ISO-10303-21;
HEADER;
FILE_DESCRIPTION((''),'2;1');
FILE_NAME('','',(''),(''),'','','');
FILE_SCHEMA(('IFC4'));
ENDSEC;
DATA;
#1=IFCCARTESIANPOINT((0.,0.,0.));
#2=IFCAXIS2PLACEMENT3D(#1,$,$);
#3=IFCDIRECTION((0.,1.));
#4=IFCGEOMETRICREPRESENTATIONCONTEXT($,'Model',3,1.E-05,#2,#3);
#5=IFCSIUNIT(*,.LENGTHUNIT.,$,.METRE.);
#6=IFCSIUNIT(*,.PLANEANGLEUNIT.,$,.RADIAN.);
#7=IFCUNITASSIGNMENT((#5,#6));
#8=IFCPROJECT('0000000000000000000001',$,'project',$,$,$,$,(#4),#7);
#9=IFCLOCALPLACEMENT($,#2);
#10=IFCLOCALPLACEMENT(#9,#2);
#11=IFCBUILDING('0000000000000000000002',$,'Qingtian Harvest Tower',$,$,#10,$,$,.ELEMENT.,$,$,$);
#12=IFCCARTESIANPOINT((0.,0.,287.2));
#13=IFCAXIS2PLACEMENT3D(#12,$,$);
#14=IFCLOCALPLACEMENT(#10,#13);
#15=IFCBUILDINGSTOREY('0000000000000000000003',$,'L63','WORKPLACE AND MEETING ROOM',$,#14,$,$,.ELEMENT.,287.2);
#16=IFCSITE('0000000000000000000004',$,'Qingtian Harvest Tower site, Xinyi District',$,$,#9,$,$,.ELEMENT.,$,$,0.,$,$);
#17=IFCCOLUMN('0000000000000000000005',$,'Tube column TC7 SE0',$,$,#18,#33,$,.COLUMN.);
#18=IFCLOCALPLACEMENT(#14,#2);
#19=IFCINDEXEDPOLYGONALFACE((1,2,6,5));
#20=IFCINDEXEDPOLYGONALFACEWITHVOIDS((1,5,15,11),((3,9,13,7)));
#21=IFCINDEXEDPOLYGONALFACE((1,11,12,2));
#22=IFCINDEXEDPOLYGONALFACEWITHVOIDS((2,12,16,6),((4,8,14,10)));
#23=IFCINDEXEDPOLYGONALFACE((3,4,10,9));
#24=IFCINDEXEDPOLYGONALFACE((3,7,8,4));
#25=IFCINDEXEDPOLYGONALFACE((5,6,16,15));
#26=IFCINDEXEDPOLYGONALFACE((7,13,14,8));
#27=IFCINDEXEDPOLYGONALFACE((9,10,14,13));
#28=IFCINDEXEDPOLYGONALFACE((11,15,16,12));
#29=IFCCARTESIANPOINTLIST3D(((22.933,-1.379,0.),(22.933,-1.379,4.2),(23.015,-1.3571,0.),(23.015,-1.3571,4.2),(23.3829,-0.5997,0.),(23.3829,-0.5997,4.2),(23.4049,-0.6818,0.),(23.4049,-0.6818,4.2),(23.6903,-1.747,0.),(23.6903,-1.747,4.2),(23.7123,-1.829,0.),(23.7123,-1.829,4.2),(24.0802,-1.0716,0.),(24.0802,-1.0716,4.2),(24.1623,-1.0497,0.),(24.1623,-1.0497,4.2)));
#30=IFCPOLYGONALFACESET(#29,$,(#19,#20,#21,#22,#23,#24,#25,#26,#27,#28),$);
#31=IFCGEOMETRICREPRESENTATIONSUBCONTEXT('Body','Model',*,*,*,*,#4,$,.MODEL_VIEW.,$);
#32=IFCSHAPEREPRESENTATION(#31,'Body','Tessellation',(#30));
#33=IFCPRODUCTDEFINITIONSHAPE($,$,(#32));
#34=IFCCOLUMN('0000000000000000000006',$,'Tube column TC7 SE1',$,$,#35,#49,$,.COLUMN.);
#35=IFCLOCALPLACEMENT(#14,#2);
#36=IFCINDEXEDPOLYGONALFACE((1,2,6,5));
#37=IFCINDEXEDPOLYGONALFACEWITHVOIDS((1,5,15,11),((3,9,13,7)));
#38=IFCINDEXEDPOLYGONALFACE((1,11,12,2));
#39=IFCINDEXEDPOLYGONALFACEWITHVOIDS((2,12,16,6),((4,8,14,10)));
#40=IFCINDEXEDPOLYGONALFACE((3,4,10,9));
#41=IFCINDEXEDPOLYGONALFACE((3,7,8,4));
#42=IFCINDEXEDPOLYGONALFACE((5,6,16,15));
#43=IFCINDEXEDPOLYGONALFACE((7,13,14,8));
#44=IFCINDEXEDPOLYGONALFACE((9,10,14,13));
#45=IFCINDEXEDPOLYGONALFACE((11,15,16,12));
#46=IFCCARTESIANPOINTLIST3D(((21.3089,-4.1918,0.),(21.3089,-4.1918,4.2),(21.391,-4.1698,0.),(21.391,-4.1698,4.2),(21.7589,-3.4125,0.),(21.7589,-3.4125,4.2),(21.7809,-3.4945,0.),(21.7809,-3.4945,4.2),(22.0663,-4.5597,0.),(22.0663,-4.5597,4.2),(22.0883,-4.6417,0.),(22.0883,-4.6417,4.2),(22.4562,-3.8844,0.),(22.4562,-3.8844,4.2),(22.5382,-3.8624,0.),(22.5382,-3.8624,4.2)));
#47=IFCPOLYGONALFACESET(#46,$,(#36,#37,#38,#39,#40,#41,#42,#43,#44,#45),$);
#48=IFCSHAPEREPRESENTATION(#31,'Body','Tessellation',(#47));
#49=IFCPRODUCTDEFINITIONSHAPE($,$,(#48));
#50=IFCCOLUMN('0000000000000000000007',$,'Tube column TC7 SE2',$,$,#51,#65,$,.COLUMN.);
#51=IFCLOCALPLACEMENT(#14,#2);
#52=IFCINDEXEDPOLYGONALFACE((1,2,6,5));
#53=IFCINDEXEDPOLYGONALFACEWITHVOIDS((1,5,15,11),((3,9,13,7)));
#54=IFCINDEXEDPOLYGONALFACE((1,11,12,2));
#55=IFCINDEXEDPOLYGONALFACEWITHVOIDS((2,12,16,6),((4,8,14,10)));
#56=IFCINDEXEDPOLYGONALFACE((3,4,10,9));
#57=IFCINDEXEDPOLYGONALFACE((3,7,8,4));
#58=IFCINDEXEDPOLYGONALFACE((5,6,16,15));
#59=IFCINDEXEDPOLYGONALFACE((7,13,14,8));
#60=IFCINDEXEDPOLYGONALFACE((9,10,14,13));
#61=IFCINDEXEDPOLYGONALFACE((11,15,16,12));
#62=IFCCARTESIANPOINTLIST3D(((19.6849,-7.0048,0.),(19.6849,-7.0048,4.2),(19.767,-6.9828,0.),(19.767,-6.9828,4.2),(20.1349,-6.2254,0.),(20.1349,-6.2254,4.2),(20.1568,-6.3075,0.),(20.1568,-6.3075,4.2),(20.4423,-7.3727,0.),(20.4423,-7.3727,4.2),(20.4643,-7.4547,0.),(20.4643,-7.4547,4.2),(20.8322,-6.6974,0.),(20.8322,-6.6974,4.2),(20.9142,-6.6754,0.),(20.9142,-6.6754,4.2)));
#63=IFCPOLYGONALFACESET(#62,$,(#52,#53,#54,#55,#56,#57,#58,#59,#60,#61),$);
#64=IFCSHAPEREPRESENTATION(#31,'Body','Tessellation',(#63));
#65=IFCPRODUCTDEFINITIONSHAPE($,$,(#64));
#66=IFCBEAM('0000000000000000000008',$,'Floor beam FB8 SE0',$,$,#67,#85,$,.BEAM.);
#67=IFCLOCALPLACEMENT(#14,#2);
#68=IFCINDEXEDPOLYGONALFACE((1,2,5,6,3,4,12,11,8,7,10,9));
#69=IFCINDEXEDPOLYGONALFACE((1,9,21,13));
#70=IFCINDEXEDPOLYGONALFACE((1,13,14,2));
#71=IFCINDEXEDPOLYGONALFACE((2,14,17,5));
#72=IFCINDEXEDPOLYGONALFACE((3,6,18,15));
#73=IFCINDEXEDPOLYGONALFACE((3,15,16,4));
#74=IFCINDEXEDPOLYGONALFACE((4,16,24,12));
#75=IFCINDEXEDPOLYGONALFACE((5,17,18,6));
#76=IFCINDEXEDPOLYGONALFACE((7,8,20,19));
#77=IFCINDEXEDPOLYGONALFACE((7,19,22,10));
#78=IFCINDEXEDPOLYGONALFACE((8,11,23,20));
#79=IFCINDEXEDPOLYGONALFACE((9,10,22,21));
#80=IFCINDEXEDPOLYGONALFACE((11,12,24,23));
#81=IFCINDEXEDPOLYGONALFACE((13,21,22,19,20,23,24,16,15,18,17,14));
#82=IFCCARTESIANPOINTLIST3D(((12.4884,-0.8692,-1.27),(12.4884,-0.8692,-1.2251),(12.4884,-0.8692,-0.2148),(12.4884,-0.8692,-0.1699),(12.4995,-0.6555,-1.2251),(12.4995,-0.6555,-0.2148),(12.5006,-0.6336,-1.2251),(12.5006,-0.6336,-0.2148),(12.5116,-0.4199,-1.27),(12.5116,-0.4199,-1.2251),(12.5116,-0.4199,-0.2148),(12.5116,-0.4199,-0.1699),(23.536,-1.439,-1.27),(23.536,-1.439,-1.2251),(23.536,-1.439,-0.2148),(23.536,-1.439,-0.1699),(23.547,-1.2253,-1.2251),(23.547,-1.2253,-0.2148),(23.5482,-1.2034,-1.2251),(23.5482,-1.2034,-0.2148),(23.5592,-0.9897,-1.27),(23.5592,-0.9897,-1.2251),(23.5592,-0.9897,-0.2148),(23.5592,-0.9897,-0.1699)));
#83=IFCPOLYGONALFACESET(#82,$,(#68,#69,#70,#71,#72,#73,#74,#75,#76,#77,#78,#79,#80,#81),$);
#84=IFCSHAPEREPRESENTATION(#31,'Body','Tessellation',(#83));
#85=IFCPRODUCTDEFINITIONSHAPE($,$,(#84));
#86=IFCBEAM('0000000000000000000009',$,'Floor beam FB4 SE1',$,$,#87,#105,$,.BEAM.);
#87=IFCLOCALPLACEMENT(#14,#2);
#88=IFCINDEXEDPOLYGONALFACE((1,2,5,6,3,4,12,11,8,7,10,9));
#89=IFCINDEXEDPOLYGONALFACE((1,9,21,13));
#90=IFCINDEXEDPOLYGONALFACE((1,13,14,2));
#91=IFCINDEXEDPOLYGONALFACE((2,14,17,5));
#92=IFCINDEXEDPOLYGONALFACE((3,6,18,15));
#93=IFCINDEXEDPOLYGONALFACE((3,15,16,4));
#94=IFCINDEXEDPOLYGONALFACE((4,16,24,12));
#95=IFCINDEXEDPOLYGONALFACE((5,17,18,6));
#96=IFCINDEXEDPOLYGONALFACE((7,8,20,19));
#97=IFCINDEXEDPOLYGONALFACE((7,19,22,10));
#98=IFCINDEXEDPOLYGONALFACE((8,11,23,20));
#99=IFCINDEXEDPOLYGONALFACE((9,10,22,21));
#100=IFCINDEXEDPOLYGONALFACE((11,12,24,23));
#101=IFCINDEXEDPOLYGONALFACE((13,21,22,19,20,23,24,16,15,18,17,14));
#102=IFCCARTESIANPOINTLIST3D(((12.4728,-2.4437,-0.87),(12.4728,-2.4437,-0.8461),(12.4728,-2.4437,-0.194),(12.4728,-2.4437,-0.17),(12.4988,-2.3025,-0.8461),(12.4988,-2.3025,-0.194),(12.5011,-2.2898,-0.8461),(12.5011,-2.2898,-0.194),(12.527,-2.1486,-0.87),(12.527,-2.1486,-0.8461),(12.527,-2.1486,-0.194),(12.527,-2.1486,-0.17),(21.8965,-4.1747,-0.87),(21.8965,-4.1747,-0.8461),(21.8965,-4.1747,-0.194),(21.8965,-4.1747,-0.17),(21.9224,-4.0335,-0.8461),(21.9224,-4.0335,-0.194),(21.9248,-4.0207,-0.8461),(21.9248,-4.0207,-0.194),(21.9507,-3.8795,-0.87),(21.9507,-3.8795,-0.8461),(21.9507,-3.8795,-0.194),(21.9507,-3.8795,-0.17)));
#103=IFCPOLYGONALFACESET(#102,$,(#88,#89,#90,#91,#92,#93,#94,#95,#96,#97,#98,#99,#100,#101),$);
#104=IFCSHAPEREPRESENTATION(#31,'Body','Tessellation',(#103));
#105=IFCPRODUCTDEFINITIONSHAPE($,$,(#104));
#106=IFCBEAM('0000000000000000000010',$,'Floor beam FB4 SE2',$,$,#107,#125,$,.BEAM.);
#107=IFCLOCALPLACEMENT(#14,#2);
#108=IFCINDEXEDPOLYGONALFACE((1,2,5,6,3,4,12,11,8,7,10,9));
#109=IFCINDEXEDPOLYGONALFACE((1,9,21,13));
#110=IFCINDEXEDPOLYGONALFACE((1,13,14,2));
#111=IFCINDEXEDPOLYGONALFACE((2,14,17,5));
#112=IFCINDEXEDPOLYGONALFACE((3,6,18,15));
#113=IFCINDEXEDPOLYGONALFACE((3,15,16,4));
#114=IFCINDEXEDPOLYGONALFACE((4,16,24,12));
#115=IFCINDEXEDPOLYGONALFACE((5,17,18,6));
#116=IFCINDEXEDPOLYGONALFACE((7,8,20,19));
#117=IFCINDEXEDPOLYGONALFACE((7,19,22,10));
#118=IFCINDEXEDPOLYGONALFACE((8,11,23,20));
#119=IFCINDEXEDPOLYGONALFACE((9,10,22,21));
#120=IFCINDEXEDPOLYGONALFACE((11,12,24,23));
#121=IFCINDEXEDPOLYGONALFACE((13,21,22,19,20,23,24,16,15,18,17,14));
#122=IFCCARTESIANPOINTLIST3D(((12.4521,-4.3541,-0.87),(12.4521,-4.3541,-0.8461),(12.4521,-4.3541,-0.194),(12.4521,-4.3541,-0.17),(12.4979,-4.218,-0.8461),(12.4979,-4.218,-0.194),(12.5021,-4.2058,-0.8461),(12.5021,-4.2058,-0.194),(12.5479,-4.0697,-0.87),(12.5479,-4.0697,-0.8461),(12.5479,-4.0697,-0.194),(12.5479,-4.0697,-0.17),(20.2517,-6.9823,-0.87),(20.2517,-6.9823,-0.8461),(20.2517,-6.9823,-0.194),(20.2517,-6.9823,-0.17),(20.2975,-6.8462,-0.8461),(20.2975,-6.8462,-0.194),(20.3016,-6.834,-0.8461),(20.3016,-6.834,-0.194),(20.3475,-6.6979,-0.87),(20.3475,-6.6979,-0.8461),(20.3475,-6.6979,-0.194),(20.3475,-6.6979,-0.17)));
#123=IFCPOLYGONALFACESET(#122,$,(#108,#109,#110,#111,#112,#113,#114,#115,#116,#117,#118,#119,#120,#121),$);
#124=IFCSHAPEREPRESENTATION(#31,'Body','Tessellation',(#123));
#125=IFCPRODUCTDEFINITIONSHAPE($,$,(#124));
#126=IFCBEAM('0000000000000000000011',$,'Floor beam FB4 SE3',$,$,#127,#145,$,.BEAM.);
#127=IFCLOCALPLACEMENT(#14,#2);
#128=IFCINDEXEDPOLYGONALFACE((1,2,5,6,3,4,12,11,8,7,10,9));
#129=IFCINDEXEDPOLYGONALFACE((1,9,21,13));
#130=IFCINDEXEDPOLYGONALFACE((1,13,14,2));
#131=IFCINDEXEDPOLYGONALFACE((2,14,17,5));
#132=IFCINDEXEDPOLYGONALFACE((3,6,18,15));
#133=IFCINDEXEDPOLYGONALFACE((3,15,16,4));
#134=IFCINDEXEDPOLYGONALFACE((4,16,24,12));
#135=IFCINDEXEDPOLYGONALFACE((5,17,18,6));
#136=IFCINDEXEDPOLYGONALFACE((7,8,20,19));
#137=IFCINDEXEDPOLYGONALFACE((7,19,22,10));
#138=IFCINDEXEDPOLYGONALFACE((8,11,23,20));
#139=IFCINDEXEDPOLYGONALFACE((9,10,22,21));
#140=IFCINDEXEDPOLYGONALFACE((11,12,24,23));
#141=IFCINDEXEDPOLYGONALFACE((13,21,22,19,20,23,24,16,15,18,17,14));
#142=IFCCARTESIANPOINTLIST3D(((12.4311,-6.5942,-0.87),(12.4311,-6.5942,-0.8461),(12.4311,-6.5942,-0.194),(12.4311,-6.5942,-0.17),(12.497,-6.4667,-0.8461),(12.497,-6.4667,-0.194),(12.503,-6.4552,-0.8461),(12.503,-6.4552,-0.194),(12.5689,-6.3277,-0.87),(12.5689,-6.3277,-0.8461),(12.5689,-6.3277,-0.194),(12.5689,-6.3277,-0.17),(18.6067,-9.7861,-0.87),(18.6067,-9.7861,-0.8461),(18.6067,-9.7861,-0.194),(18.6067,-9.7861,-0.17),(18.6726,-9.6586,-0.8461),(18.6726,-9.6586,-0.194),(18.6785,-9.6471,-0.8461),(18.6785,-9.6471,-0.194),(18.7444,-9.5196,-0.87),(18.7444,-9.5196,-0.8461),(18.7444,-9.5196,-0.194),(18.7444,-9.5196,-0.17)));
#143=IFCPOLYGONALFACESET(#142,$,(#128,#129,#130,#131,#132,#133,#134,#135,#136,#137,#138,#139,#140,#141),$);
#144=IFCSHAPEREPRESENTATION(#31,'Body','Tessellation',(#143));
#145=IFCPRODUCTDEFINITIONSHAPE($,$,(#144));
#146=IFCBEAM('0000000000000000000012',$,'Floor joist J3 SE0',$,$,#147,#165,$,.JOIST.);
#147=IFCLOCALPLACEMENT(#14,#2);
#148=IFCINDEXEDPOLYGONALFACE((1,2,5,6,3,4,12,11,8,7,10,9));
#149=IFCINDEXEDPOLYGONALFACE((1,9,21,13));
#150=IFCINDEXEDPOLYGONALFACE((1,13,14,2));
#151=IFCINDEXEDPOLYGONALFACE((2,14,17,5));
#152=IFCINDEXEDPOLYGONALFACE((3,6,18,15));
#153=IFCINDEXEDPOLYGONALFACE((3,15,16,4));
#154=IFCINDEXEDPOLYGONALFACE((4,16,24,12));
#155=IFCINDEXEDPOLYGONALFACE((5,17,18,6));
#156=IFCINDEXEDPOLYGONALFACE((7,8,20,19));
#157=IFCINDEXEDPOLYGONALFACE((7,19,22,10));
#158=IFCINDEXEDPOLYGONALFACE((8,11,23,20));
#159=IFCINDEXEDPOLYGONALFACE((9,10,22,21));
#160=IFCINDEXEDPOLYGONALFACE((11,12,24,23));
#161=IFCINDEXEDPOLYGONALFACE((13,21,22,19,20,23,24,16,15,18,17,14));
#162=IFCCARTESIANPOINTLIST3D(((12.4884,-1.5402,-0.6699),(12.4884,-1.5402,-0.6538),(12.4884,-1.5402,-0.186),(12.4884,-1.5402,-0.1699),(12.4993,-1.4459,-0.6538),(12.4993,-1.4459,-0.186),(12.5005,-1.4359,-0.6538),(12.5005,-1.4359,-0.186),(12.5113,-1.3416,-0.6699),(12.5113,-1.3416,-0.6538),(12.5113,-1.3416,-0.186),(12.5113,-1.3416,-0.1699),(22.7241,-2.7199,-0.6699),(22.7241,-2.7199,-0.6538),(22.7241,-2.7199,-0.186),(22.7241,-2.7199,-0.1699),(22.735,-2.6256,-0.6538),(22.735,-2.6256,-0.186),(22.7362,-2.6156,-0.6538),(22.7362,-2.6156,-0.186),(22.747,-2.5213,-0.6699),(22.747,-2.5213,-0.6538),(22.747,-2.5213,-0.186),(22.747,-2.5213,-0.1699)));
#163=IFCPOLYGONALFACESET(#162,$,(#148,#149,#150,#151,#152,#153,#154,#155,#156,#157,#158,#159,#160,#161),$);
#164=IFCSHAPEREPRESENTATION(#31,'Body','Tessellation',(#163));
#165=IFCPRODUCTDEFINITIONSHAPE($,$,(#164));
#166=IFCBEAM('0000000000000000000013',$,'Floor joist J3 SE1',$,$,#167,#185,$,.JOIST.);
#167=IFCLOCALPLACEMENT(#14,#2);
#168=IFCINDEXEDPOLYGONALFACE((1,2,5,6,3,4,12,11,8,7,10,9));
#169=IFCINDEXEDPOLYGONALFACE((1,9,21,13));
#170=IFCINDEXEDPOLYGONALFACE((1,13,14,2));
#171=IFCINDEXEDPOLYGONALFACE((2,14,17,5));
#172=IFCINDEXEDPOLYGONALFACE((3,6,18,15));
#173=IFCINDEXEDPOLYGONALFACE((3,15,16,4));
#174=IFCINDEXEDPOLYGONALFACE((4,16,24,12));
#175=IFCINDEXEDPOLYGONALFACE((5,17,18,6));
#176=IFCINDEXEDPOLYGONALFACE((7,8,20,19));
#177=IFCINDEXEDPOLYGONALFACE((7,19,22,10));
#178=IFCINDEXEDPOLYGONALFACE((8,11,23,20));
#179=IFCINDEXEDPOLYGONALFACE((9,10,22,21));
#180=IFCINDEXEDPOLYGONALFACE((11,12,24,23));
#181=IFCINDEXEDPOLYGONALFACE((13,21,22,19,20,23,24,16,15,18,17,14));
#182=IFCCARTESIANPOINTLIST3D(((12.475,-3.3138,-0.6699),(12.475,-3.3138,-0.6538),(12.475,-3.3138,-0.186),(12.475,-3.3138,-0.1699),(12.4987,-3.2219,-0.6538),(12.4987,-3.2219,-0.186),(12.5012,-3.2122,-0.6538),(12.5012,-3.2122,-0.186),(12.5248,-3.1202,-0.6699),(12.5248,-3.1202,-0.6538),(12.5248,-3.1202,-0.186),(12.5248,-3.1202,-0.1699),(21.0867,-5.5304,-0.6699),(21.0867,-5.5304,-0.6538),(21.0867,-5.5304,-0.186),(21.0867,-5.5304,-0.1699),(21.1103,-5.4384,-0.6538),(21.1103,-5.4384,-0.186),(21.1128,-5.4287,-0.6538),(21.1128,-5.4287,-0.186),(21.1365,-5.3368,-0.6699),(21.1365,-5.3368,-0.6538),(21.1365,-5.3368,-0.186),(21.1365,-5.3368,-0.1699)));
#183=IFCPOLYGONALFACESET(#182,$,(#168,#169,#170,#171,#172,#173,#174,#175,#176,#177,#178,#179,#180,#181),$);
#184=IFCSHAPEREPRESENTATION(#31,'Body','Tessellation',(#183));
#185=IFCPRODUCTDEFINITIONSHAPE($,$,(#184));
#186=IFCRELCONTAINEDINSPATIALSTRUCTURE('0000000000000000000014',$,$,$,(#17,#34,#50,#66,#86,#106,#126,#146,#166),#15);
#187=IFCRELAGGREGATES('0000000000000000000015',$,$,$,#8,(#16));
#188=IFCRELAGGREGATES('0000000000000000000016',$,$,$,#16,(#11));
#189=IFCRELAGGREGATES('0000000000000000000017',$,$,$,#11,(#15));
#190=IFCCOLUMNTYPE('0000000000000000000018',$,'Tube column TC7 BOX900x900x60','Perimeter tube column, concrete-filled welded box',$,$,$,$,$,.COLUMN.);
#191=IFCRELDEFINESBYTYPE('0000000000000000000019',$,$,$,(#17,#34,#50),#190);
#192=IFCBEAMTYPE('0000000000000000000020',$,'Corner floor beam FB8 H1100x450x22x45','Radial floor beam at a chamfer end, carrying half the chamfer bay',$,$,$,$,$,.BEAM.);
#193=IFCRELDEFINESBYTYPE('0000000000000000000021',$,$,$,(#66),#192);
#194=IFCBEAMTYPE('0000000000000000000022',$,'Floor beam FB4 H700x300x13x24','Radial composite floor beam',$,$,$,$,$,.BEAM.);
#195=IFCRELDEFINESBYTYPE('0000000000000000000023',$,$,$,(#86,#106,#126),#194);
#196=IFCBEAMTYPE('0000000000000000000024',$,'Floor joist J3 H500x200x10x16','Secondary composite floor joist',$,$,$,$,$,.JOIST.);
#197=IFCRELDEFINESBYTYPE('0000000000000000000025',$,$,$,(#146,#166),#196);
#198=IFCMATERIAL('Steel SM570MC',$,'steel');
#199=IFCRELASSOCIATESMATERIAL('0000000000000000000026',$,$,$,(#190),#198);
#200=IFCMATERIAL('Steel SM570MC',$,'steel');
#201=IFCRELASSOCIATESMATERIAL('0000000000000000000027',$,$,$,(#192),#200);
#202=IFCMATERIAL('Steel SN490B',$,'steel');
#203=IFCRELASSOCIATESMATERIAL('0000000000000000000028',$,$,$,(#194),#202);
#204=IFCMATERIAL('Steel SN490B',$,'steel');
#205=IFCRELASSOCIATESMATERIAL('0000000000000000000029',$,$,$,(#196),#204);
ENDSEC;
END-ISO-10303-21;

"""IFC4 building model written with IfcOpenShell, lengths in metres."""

from ifc_helpers import new_model, si_unit, direction, frame, origin, origin_2d, place, context, subcontext, project, spatial, hollow_rectangle, i_section, extrude, material, material_profile, profile_set, type_object, element, save


model = new_model("IFC4")

# Units and contexts
model_context = context("Model", 3, precision=1e-05, world=origin(), true_north=direction((0.0, 1.0)))
body_context = subcontext(model_context, "Body", "Model", "MODEL_VIEW")
ifc_project = project(units=[si_unit("LENGTHUNIT", "METRE"), si_unit("PLANEANGLEUNIT", "RADIAN")], contexts=[model_context])

# Site, building, storey
site_placement = place(None, origin())
site = spatial("IfcSite", under=ifc_project, at=site_placement, Name="Qingtian Harvest Tower site, Xinyi District", CompositionType="ELEMENT", RefElevation=0.0)
building_placement = place(site_placement, origin())
building = spatial("IfcBuilding", under=site, at=building_placement, Name="Qingtian Harvest Tower", CompositionType="ELEMENT")
storey_placement = place(building_placement, frame((0.0, 0.0, 287.2)))
storey = spatial("IfcBuildingStorey", under=building, at=storey_placement, Name="L63", Description="WORKPLACE AND MEETING ROOM", CompositionType="ELEMENT", Elevation=287.2)

# Columns
ifc_material_1 = material(Name="Steel SM570MC", Category="steel")
ifc_material_profile_1 = material_profile(ifc_material_1, hollow_rectangle(XDim=0.8999, YDim=0.8999, WallThickness=0.0601, at=origin_2d()), Name="BOX900x900x60")
ifc_profile_set_1 = profile_set([ifc_material_profile_1], Name="Steel SM570MC")
column_type = type_object("IfcColumnType", Name="Tube column TC7 BOX900x900x60", Description="Perimeter tube column, concrete-filled welded box", PredefinedType="COLUMN", material=ifc_profile_set_1)
for number, where, z_axis, x_axis, name in (
    (1, (23.5476, -1.2144, 0.0), (0.0, 0.0, 1.0), (0.5, 0.866025, 0.0), "Tube column TC7 SE0"),
    (2, (21.9236, -4.0271, 0.0), (0.0, 0.0, 1.0), (0.5, 0.866025, 0.0), "Tube column TC7 SE1"),
    (3, (20.2996, -6.8401, 0.0), (0.0, 0.0, 1.0), (0.5, 0.866025, 0.0), "Tube column TC7 SE2"),
):
    element("IfcColumn", number, at=place(storey_placement, frame(where, z_axis=z_axis, x_axis=x_axis)), inside=storey, type_object=column_type, Name=name, PredefinedType="COLUMN", context=body_context, shape_type="SweptSolid", body=[
        extrude(hollow_rectangle(XDim=0.8999, YDim=0.8999, WallThickness=0.0601, at=origin_2d()), origin(), (0.0, 0.0, 1.0), 4.2),
    ])

# Beams
ifc_material_2 = material(Name="Steel SM570MC", Category="steel")
ifc_material_profile_2 = material_profile(ifc_material_2, i_section(OverallWidth=0.45, OverallDepth=1.1001, WebThickness=0.022, FlangeThickness=0.0449, at=origin_2d()), Name="H1100x450x22x45")
ifc_profile_set_2 = profile_set([ifc_material_profile_2], Name="Steel SM570MC")
beam_type_1 = type_object("IfcBeamType", Name="Corner floor beam FB8 H1100x450x22x45", Description="Radial floor beam at a chamfer end, carrying half the chamfer bay", PredefinedType="BEAM", material=ifc_profile_set_2)
beam_1_placement = place(storey_placement, frame((23.5476, -1.2144, -0.72), z_axis=(-0.998672, 0.05151, 0.0), x_axis=(-0.05151, -0.998672, 0.0)))
element("IfcBeam", 4, at=beam_1_placement, inside=storey, type_object=beam_type_1, Name="Floor beam FB8 SE0", PredefinedType="BEAM", context=body_context, shape_type="SweptSolid", body=[
    extrude(i_section(OverallWidth=0.45, OverallDepth=1.1001, WebThickness=0.022, FlangeThickness=0.0449, at=origin_2d()), origin(), (0.0, 0.0, 1.0), 11.0623),
])
ifc_material_3 = material(Name="Steel SN490B", Category="steel")
ifc_material_profile_3 = material_profile(ifc_material_3, i_section(OverallWidth=0.3, OverallDepth=0.7, WebThickness=0.0129, FlangeThickness=0.0239, at=origin_2d()), Name="H700x300x13x24")
ifc_profile_set_3 = profile_set([ifc_material_profile_3], Name="Steel SN490B")
beam_type_2 = type_object("IfcBeamType", Name="Floor beam FB4 H700x300x13x24", Description="Radial composite floor beam", PredefinedType="BEAM", material=ifc_profile_set_3)
beam_2_placement = place(storey_placement, frame((21.9236, -4.0271, -0.52), z_axis=(-0.983545, 0.180661, 0.0), x_axis=(-0.180661, -0.983545, 0.0)))
element("IfcBeam", 5, at=beam_2_placement, inside=storey, type_object=beam_type_2, Name="Floor beam FB4 SE1", PredefinedType="BEAM", context=body_context, shape_type="SweptSolid", body=[
    extrude(i_section(OverallWidth=0.3, OverallDepth=0.7, WebThickness=0.0129, FlangeThickness=0.0239, at=origin_2d()), origin(), (0.0, 0.0, 1.0), 9.5813),
])
beam_3_placement = place(storey_placement, frame((20.2996, -6.8401, -0.52), z_axis=(-0.947646, 0.319323, 0.0), x_axis=(-0.319323, -0.947646, 0.0)))
element("IfcBeam", 6, at=beam_3_placement, inside=storey, type_object=beam_type_2, Name="Floor beam FB4 SE2", PredefinedType="BEAM", context=body_context, shape_type="SweptSolid", body=[
    extrude(i_section(OverallWidth=0.3, OverallDepth=0.7, WebThickness=0.0129, FlangeThickness=0.0239, at=origin_2d()), origin(), (0.0, 0.0, 1.0), 8.2305),
])
beam_4_placement = place(storey_placement, frame((18.6755, -9.6528, -0.52), z_axis=(-0.888355, 0.459156, 0.0), x_axis=(-0.459156, -0.888355, 0.0)))
element("IfcBeam", 7, at=beam_4_placement, inside=storey, type_object=beam_type_2, Name="Floor beam FB4 SE3", PredefinedType="BEAM", context=body_context, shape_type="SweptSolid", body=[
    extrude(i_section(OverallWidth=0.3, OverallDepth=0.7, WebThickness=0.0129, FlangeThickness=0.0239, at=origin_2d()), origin(), (0.0, 0.0, 1.0), 6.9517),
])
ifc_material_4 = material(Name="Steel SN490B", Category="steel")
ifc_material_profile_4 = material_profile(ifc_material_4, i_section(OverallWidth=0.2, OverallDepth=0.5, WebThickness=0.01, FlangeThickness=0.0161, at=origin_2d()), Name="H500x200x10x16")
ifc_profile_set_4 = profile_set([ifc_material_profile_4], Name="Steel SN490B")
beam_type_3 = type_object("IfcBeamType", Name="Floor joist J3 H500x200x10x16", Description="Secondary composite floor joist", PredefinedType="JOIST", material=ifc_profile_set_4)
beam_5_placement = place(storey_placement, frame((22.7356, -2.6206, -0.4199), z_axis=(-0.993424, 0.114495, 0.0), x_axis=(-0.114495, -0.993424, 0.0)))
element("IfcBeam", 8, at=beam_5_placement, inside=storey, type_object=beam_type_3, Name="Floor joist J3 SE0", PredefinedType="JOIST", context=body_context, shape_type="SweptSolid", body=[
    extrude(i_section(OverallWidth=0.2, OverallDepth=0.5, WebThickness=0.01, FlangeThickness=0.0161, at=origin_2d()), origin(), (0.0, 0.0, 1.0), 10.3035),
])
beam_6_placement = place(storey_placement, frame((21.1116, -5.4336, -0.4199), z_axis=(-0.968435, 0.249268, 0.0), x_axis=(-0.249268, -0.968435, 0.0)))
element("IfcBeam", 9, at=beam_6_placement, inside=storey, type_object=beam_type_3, Name="Floor joist J3 SE1", PredefinedType="JOIST", context=body_context, shape_type="SweptSolid", body=[
    extrude(i_section(OverallWidth=0.2, OverallDepth=0.5, WebThickness=0.01, FlangeThickness=0.0161, at=origin_2d()), origin(), (0.0, 0.0, 1.0), 8.8923),
])

save(model, "model.ifc")
